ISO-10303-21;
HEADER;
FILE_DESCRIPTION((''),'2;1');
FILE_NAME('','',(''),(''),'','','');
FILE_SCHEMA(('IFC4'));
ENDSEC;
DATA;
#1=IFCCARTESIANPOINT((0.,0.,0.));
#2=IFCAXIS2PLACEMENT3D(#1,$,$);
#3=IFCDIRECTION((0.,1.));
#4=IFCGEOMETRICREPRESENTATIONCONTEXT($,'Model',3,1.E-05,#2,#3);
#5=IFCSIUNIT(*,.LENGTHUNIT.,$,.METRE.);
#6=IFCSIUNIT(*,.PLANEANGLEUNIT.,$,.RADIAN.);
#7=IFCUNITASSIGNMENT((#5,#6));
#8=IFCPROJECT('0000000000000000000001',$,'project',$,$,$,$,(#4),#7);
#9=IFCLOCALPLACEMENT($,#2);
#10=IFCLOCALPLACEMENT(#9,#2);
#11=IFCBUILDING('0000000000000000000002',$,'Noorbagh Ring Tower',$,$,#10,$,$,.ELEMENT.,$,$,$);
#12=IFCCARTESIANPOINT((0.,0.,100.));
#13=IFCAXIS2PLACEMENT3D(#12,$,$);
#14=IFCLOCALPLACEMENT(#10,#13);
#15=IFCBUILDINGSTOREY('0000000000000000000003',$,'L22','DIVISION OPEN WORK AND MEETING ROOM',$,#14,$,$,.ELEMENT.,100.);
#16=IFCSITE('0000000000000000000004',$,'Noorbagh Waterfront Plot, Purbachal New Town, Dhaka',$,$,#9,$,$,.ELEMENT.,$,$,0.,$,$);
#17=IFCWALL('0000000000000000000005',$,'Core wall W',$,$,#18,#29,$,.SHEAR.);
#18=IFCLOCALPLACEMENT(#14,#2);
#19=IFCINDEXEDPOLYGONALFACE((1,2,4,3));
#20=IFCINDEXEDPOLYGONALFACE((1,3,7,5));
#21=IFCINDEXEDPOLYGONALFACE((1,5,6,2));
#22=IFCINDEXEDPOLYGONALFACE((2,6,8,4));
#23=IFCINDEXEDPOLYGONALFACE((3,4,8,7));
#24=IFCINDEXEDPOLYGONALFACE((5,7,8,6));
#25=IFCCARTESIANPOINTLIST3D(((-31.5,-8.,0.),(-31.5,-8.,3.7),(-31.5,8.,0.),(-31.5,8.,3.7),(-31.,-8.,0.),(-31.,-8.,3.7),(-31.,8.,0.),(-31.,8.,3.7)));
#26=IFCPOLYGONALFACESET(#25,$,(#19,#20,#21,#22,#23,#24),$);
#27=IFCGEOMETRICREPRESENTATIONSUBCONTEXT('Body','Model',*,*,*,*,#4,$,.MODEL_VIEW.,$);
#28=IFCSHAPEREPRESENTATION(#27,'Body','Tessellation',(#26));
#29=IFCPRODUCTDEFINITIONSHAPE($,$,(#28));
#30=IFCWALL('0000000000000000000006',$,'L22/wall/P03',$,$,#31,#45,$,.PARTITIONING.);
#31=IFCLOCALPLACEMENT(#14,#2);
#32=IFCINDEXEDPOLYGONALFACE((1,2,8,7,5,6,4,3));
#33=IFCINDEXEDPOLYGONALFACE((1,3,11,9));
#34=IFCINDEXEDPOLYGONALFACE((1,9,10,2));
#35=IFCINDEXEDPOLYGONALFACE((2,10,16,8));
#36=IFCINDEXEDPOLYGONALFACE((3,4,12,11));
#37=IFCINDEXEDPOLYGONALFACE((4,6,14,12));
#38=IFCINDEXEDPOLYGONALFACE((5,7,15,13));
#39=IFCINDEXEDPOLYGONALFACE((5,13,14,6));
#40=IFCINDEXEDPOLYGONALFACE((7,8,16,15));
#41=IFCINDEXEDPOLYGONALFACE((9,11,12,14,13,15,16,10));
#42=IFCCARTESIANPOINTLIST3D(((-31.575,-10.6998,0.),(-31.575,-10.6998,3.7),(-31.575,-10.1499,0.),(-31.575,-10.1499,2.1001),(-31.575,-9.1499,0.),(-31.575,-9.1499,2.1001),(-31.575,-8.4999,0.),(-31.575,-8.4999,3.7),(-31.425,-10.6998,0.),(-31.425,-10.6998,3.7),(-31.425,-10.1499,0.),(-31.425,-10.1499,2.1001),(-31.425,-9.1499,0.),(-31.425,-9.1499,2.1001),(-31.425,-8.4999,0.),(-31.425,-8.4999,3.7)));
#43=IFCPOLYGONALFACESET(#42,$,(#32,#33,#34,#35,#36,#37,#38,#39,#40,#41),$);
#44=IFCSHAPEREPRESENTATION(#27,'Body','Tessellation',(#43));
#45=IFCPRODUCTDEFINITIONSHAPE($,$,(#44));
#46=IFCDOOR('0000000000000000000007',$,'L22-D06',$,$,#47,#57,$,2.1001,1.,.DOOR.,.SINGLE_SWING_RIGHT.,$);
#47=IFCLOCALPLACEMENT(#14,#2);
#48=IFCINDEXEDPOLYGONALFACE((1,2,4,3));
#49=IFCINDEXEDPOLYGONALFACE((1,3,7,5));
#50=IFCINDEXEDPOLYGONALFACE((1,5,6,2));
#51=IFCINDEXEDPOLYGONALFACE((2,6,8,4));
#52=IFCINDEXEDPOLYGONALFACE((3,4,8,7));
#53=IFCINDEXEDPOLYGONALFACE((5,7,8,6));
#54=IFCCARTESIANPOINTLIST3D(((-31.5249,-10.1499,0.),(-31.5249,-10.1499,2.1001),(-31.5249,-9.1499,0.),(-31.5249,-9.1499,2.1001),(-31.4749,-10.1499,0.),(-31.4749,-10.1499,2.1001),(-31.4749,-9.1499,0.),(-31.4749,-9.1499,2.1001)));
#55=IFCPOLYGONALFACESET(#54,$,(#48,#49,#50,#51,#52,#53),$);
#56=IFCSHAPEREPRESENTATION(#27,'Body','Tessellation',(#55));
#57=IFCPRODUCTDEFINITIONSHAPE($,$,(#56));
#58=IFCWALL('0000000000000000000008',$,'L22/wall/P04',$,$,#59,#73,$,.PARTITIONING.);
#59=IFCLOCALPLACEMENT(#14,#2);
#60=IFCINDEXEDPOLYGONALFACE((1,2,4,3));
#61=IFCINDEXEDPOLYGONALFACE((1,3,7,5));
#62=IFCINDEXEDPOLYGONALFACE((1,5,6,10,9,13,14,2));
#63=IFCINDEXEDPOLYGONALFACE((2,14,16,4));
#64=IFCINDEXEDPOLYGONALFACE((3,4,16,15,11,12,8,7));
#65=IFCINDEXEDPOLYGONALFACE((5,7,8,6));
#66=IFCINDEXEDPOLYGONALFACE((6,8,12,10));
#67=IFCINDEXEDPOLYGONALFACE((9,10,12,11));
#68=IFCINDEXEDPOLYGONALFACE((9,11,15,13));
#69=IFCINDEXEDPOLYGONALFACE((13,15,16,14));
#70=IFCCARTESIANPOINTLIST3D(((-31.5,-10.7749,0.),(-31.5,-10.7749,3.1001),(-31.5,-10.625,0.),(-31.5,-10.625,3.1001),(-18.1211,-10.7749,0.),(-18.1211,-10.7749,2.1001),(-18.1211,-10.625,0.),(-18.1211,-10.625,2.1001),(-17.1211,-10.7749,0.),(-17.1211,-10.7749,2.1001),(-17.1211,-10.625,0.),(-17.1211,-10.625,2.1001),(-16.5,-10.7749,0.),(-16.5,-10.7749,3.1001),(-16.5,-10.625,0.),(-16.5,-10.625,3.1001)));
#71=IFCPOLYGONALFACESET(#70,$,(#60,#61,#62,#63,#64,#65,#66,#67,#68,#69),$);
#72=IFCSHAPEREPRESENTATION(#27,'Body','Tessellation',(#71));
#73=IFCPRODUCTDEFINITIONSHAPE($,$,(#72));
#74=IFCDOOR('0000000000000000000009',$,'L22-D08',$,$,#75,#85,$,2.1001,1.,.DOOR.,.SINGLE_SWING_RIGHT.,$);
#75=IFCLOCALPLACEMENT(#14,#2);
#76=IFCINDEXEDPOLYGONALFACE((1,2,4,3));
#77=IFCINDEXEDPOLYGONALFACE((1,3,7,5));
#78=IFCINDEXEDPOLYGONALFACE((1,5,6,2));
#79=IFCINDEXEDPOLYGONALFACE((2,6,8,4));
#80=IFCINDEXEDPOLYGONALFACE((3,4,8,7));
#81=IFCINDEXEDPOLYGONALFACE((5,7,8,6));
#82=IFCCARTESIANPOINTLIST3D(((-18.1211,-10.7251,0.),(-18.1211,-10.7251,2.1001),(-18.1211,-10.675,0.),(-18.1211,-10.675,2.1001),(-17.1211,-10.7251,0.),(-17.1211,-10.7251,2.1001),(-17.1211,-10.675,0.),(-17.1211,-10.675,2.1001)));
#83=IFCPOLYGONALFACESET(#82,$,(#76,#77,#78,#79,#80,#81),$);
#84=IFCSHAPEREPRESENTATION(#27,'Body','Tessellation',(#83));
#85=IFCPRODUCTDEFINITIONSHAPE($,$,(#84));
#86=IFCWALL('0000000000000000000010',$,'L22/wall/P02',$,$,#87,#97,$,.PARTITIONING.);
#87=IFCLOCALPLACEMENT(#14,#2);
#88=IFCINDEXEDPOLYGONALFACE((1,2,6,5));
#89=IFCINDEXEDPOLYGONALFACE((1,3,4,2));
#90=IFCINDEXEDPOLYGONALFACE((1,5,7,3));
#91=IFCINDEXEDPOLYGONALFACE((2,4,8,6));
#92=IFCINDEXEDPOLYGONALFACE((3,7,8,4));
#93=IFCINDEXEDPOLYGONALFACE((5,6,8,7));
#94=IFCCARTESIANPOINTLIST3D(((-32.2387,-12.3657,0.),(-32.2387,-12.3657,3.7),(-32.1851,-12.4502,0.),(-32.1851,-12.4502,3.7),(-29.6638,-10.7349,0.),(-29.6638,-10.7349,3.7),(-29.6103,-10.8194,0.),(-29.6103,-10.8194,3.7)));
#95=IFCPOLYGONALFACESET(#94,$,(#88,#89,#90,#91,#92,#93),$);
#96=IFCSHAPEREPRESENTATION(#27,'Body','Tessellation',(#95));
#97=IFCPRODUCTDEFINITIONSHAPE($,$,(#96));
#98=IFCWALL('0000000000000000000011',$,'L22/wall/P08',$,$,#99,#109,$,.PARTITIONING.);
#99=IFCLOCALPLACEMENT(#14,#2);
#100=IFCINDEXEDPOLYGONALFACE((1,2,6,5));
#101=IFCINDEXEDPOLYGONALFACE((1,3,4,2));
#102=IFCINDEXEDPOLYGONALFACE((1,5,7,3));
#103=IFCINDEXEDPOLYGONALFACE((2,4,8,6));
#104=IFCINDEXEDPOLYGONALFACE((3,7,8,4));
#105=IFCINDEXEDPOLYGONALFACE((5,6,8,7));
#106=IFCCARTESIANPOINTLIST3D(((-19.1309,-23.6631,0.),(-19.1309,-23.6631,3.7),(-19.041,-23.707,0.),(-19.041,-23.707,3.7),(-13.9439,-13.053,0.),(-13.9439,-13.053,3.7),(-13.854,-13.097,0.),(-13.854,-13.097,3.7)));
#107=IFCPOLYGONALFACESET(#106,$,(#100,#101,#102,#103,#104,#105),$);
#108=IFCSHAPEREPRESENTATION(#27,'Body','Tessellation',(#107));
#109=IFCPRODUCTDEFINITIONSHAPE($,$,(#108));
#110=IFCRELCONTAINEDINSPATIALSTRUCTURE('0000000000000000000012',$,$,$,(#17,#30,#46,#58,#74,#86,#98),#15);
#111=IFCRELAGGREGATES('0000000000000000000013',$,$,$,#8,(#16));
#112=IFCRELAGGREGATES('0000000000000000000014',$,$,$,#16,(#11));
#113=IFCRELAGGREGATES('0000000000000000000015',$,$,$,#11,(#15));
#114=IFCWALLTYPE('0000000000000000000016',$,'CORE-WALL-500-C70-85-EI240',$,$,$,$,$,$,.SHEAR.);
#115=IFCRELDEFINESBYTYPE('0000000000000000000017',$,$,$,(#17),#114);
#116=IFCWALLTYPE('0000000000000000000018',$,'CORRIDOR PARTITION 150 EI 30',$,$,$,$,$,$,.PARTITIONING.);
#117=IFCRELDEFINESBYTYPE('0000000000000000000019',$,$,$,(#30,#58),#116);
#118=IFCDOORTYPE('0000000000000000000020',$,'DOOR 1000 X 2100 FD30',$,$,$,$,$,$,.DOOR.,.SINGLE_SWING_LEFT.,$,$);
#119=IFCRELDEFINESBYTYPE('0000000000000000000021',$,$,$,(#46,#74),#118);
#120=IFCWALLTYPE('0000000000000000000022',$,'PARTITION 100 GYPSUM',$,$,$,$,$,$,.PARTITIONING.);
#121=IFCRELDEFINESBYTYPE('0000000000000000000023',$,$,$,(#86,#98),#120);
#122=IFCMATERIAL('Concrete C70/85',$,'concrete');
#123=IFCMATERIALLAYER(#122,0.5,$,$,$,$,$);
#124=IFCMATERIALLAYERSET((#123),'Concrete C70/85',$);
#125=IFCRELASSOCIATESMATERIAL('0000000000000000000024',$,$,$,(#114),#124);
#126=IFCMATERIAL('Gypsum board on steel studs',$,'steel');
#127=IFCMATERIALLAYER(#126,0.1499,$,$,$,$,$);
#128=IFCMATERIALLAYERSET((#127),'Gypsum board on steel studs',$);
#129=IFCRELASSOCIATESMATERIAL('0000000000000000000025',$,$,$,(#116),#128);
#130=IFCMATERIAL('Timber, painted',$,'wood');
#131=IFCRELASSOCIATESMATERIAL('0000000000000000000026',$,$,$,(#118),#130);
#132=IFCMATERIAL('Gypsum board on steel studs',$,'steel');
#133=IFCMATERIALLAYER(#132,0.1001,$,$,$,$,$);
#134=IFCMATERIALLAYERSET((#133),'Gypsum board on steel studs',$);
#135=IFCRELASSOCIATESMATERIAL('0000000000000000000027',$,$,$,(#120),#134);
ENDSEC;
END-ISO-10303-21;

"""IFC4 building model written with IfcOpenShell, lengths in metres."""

from ifc_helpers import new_model, si_unit, direction, frame, frame_2d, origin, place, context, subcontext, project, spatial, rectangle, extrude, material, layer, layer_set, type_object, element, fill, save


model = new_model("IFC4")

# Units and contexts
model_context = context("Model", 3, precision=1e-05, world=origin(), true_north=direction((0.0, 1.0)))
body_context = subcontext(model_context, "Body", "Model", "MODEL_VIEW")
ifc_project = project(units=[si_unit("LENGTHUNIT", "METRE"), si_unit("PLANEANGLEUNIT", "RADIAN")], contexts=[model_context])

# Site, building, storey
site_placement = place(None, origin())
site = spatial("IfcSite", under=ifc_project, at=site_placement, Name="Noorbagh Waterfront Plot, Purbachal New Town, Dhaka", CompositionType="ELEMENT", RefElevation=0.0)
building_placement = place(site_placement, origin())
building = spatial("IfcBuilding", under=site, at=building_placement, Name="Noorbagh Ring Tower", CompositionType="ELEMENT")
storey_placement = place(building_placement, frame((0.0, 0.0, 100.0)))
storey = spatial("IfcBuildingStorey", under=building, at=storey_placement, Name="L22", Description="DIVISION OPEN WORK AND MEETING ROOM", CompositionType="ELEMENT", Elevation=100.0)

# Wall
ifc_material_1 = material(Name="Concrete C70/85", Category="concrete")
ifc_layer_1 = layer(ifc_material_1, 0.5)
ifc_layer_set_1 = layer_set([ifc_layer_1], Name="Concrete C70/85")
wall_type_1 = type_object("IfcWallType", Name="CORE-WALL-500-C70-85-EI240", PredefinedType="SHEAR", material=ifc_layer_set_1)
wall_1_placement = place(storey_placement, frame((-31.25, -8.0, 0.0), z_axis=(0.0, 0.0, 1.0), x_axis=(0.0, 1.0, 0.0)))
element("IfcWall", 1, at=wall_1_placement, inside=storey, type_object=wall_type_1, Name="Core wall W", PredefinedType="SHEAR", context=body_context, shape_type="SweptSolid", body=[
    extrude(rectangle(XDim=16.0, YDim=0.5, at=frame_2d((8.0, 0.0))), origin(), (0.0, 0.0, 1.0), 3.7),
])

# Walls, openings, doors
ifc_material_2 = material(Name="Gypsum board on steel studs", Category="steel")
ifc_layer_2 = layer(ifc_material_2, 0.1499)
ifc_layer_set_2 = layer_set([ifc_layer_2], Name="Gypsum board on steel studs")
wall_type_2 = type_object("IfcWallType", Name="CORRIDOR PARTITION 150 EI 30", PredefinedType="PARTITIONING", material=ifc_layer_set_2)
wall_2_placement = place(storey_placement, frame((-31.5, -10.7, 0.0), z_axis=(0.0, 0.0, 1.0), x_axis=(0.0, 1.0, 0.0)))
wall_2 = element("IfcWall", 2, at=wall_2_placement, inside=storey, type_object=wall_type_2, Name="L22/wall/P03", PredefinedType="PARTITIONING", context=body_context, shape_type="SweptSolid", body=[
    extrude(rectangle(XDim=2.2, YDim=0.1499, at=frame_2d((1.1001, 0.0))), origin(), (0.0, 0.0, 1.0), 3.7),
])
opening_1_placement = place(wall_2_placement, frame((0.55, 0.0, 0.0)))
opening_1 = element("IfcOpeningElement", 3, at=opening_1_placement, cuts=wall_2, PredefinedType="OPENING", context=body_context, shape_type="SweptSolid", body=[
    extrude(rectangle(XDim=1.0, YDim=2.1001, at=frame_2d((0.5, 1.05))), frame((0.0, 0.085, 0.0), z_axis=(0.0, -1.0, 0.0), x_axis=(1.0, 0.0, 0.0)), (0.0, 0.0, 1.0), 0.1699),
])
ifc_material_3 = material(Name="Timber, painted", Category="wood")
door_type = type_object("IfcDoorType", Name="DOOR 1000 X 2100 FD30", OperationType="SINGLE_SWING_LEFT", PredefinedType="DOOR", material=ifc_material_3)
door_1_placement = place(opening_1_placement, origin())
door_1 = element("IfcDoor", 4, at=door_1_placement, inside=storey, type_object=door_type, Name="L22-D06", OperationType="SINGLE_SWING_RIGHT", OverallHeight=2.1001, OverallWidth=1.0, PredefinedType="DOOR", context=body_context, shape_type="SweptSolid", body=[
    extrude(rectangle(XDim=1.0, YDim=2.1001, at=frame_2d((0.5, 1.05))), frame((0.0, 0.0249, 0.0), z_axis=(0.0, -1.0, 0.0), x_axis=(1.0, 0.0, 0.0)), (0.0, 0.0, 1.0), 0.05),
])
fill(opening_1, door_1)
wall_3_placement = place(storey_placement, frame((-31.5, -10.7, 0.0), z_axis=(0.0, 0.0, 1.0), x_axis=(1.0, 0.0, 0.0)))
wall_3 = element("IfcWall", 5, at=wall_3_placement, inside=storey, type_object=wall_type_2, Name="L22/wall/P04", PredefinedType="PARTITIONING", context=body_context, shape_type="SweptSolid", body=[
    extrude(rectangle(XDim=15.0, YDim=0.1499, at=frame_2d((7.5, 0.0))), origin(), (0.0, 0.0, 1.0), 3.1001),
])
opening_2_placement = place(wall_3_placement, frame((13.3789, 0.0, 0.0)))
opening_2 = element("IfcOpeningElement", 6, at=opening_2_placement, cuts=wall_3, PredefinedType="OPENING", context=body_context, shape_type="SweptSolid", body=[
    extrude(rectangle(XDim=1.0, YDim=2.1001, at=frame_2d((0.5, 1.05))), frame((0.0, 0.085, 0.0), z_axis=(0.0, -1.0, 0.0), x_axis=(1.0, 0.0, 0.0)), (0.0, 0.0, 1.0), 0.1699),
])
door_2_placement = place(opening_2_placement, origin())
door_2 = element("IfcDoor", 7, at=door_2_placement, inside=storey, type_object=door_type, Name="L22-D08", OperationType="SINGLE_SWING_RIGHT", OverallHeight=2.1001, OverallWidth=1.0, PredefinedType="DOOR", context=body_context, shape_type="SweptSolid", body=[
    extrude(rectangle(XDim=1.0, YDim=2.1001, at=frame_2d((0.5, 1.05))), frame((0.0, 0.0249, 0.0), z_axis=(0.0, -1.0, 0.0), x_axis=(1.0, 0.0, 0.0)), (0.0, 0.0, 1.0), 0.05),
])
fill(opening_2, door_2)

# Walls
ifc_material_4 = material(Name="Gypsum board on steel studs", Category="steel")
ifc_layer_3 = layer(ifc_material_4, 0.1001)
ifc_layer_set_3 = layer_set([ifc_layer_3], Name="Gypsum board on steel studs")
wall_type_3 = type_object("IfcWallType", Name="PARTITION 100 GYPSUM", PredefinedType="PARTITIONING", material=ifc_layer_set_3)
wall_4_placement = place(storey_placement, frame((-32.2119, -12.408, 0.0), z_axis=(0.0, 0.0, 1.0), x_axis=(0.844811, 0.535065, 0.0)))
element("IfcWall", 8, at=wall_4_placement, inside=storey, type_object=wall_type_3, Name="L22/wall/P02", PredefinedType="PARTITIONING", context=body_context, shape_type="SweptSolid", body=[
    extrude(rectangle(XDim=3.0479, YDim=0.1001, at=frame_2d((1.5239, 0.0))), origin(), (0.0, 0.0, 1.0), 3.7),
])
wall_5_placement = place(storey_placement, frame((-19.0859, -23.6851, 0.0), z_axis=(0.0, 0.0, 1.0), x_axis=(0.4392, 0.898389, 0.0)))
element("IfcWall", 9, at=wall_5_placement, inside=storey, type_object=wall_type_3, Name="L22/wall/P08", PredefinedType="PARTITIONING", context=body_context, shape_type="SweptSolid", body=[
    extrude(rectangle(XDim=11.8101, YDim=0.1001, at=frame_2d((5.905, 0.0))), origin(), (0.0, 0.0, 1.0), 3.7),
])

save(model, "model.ifc")
